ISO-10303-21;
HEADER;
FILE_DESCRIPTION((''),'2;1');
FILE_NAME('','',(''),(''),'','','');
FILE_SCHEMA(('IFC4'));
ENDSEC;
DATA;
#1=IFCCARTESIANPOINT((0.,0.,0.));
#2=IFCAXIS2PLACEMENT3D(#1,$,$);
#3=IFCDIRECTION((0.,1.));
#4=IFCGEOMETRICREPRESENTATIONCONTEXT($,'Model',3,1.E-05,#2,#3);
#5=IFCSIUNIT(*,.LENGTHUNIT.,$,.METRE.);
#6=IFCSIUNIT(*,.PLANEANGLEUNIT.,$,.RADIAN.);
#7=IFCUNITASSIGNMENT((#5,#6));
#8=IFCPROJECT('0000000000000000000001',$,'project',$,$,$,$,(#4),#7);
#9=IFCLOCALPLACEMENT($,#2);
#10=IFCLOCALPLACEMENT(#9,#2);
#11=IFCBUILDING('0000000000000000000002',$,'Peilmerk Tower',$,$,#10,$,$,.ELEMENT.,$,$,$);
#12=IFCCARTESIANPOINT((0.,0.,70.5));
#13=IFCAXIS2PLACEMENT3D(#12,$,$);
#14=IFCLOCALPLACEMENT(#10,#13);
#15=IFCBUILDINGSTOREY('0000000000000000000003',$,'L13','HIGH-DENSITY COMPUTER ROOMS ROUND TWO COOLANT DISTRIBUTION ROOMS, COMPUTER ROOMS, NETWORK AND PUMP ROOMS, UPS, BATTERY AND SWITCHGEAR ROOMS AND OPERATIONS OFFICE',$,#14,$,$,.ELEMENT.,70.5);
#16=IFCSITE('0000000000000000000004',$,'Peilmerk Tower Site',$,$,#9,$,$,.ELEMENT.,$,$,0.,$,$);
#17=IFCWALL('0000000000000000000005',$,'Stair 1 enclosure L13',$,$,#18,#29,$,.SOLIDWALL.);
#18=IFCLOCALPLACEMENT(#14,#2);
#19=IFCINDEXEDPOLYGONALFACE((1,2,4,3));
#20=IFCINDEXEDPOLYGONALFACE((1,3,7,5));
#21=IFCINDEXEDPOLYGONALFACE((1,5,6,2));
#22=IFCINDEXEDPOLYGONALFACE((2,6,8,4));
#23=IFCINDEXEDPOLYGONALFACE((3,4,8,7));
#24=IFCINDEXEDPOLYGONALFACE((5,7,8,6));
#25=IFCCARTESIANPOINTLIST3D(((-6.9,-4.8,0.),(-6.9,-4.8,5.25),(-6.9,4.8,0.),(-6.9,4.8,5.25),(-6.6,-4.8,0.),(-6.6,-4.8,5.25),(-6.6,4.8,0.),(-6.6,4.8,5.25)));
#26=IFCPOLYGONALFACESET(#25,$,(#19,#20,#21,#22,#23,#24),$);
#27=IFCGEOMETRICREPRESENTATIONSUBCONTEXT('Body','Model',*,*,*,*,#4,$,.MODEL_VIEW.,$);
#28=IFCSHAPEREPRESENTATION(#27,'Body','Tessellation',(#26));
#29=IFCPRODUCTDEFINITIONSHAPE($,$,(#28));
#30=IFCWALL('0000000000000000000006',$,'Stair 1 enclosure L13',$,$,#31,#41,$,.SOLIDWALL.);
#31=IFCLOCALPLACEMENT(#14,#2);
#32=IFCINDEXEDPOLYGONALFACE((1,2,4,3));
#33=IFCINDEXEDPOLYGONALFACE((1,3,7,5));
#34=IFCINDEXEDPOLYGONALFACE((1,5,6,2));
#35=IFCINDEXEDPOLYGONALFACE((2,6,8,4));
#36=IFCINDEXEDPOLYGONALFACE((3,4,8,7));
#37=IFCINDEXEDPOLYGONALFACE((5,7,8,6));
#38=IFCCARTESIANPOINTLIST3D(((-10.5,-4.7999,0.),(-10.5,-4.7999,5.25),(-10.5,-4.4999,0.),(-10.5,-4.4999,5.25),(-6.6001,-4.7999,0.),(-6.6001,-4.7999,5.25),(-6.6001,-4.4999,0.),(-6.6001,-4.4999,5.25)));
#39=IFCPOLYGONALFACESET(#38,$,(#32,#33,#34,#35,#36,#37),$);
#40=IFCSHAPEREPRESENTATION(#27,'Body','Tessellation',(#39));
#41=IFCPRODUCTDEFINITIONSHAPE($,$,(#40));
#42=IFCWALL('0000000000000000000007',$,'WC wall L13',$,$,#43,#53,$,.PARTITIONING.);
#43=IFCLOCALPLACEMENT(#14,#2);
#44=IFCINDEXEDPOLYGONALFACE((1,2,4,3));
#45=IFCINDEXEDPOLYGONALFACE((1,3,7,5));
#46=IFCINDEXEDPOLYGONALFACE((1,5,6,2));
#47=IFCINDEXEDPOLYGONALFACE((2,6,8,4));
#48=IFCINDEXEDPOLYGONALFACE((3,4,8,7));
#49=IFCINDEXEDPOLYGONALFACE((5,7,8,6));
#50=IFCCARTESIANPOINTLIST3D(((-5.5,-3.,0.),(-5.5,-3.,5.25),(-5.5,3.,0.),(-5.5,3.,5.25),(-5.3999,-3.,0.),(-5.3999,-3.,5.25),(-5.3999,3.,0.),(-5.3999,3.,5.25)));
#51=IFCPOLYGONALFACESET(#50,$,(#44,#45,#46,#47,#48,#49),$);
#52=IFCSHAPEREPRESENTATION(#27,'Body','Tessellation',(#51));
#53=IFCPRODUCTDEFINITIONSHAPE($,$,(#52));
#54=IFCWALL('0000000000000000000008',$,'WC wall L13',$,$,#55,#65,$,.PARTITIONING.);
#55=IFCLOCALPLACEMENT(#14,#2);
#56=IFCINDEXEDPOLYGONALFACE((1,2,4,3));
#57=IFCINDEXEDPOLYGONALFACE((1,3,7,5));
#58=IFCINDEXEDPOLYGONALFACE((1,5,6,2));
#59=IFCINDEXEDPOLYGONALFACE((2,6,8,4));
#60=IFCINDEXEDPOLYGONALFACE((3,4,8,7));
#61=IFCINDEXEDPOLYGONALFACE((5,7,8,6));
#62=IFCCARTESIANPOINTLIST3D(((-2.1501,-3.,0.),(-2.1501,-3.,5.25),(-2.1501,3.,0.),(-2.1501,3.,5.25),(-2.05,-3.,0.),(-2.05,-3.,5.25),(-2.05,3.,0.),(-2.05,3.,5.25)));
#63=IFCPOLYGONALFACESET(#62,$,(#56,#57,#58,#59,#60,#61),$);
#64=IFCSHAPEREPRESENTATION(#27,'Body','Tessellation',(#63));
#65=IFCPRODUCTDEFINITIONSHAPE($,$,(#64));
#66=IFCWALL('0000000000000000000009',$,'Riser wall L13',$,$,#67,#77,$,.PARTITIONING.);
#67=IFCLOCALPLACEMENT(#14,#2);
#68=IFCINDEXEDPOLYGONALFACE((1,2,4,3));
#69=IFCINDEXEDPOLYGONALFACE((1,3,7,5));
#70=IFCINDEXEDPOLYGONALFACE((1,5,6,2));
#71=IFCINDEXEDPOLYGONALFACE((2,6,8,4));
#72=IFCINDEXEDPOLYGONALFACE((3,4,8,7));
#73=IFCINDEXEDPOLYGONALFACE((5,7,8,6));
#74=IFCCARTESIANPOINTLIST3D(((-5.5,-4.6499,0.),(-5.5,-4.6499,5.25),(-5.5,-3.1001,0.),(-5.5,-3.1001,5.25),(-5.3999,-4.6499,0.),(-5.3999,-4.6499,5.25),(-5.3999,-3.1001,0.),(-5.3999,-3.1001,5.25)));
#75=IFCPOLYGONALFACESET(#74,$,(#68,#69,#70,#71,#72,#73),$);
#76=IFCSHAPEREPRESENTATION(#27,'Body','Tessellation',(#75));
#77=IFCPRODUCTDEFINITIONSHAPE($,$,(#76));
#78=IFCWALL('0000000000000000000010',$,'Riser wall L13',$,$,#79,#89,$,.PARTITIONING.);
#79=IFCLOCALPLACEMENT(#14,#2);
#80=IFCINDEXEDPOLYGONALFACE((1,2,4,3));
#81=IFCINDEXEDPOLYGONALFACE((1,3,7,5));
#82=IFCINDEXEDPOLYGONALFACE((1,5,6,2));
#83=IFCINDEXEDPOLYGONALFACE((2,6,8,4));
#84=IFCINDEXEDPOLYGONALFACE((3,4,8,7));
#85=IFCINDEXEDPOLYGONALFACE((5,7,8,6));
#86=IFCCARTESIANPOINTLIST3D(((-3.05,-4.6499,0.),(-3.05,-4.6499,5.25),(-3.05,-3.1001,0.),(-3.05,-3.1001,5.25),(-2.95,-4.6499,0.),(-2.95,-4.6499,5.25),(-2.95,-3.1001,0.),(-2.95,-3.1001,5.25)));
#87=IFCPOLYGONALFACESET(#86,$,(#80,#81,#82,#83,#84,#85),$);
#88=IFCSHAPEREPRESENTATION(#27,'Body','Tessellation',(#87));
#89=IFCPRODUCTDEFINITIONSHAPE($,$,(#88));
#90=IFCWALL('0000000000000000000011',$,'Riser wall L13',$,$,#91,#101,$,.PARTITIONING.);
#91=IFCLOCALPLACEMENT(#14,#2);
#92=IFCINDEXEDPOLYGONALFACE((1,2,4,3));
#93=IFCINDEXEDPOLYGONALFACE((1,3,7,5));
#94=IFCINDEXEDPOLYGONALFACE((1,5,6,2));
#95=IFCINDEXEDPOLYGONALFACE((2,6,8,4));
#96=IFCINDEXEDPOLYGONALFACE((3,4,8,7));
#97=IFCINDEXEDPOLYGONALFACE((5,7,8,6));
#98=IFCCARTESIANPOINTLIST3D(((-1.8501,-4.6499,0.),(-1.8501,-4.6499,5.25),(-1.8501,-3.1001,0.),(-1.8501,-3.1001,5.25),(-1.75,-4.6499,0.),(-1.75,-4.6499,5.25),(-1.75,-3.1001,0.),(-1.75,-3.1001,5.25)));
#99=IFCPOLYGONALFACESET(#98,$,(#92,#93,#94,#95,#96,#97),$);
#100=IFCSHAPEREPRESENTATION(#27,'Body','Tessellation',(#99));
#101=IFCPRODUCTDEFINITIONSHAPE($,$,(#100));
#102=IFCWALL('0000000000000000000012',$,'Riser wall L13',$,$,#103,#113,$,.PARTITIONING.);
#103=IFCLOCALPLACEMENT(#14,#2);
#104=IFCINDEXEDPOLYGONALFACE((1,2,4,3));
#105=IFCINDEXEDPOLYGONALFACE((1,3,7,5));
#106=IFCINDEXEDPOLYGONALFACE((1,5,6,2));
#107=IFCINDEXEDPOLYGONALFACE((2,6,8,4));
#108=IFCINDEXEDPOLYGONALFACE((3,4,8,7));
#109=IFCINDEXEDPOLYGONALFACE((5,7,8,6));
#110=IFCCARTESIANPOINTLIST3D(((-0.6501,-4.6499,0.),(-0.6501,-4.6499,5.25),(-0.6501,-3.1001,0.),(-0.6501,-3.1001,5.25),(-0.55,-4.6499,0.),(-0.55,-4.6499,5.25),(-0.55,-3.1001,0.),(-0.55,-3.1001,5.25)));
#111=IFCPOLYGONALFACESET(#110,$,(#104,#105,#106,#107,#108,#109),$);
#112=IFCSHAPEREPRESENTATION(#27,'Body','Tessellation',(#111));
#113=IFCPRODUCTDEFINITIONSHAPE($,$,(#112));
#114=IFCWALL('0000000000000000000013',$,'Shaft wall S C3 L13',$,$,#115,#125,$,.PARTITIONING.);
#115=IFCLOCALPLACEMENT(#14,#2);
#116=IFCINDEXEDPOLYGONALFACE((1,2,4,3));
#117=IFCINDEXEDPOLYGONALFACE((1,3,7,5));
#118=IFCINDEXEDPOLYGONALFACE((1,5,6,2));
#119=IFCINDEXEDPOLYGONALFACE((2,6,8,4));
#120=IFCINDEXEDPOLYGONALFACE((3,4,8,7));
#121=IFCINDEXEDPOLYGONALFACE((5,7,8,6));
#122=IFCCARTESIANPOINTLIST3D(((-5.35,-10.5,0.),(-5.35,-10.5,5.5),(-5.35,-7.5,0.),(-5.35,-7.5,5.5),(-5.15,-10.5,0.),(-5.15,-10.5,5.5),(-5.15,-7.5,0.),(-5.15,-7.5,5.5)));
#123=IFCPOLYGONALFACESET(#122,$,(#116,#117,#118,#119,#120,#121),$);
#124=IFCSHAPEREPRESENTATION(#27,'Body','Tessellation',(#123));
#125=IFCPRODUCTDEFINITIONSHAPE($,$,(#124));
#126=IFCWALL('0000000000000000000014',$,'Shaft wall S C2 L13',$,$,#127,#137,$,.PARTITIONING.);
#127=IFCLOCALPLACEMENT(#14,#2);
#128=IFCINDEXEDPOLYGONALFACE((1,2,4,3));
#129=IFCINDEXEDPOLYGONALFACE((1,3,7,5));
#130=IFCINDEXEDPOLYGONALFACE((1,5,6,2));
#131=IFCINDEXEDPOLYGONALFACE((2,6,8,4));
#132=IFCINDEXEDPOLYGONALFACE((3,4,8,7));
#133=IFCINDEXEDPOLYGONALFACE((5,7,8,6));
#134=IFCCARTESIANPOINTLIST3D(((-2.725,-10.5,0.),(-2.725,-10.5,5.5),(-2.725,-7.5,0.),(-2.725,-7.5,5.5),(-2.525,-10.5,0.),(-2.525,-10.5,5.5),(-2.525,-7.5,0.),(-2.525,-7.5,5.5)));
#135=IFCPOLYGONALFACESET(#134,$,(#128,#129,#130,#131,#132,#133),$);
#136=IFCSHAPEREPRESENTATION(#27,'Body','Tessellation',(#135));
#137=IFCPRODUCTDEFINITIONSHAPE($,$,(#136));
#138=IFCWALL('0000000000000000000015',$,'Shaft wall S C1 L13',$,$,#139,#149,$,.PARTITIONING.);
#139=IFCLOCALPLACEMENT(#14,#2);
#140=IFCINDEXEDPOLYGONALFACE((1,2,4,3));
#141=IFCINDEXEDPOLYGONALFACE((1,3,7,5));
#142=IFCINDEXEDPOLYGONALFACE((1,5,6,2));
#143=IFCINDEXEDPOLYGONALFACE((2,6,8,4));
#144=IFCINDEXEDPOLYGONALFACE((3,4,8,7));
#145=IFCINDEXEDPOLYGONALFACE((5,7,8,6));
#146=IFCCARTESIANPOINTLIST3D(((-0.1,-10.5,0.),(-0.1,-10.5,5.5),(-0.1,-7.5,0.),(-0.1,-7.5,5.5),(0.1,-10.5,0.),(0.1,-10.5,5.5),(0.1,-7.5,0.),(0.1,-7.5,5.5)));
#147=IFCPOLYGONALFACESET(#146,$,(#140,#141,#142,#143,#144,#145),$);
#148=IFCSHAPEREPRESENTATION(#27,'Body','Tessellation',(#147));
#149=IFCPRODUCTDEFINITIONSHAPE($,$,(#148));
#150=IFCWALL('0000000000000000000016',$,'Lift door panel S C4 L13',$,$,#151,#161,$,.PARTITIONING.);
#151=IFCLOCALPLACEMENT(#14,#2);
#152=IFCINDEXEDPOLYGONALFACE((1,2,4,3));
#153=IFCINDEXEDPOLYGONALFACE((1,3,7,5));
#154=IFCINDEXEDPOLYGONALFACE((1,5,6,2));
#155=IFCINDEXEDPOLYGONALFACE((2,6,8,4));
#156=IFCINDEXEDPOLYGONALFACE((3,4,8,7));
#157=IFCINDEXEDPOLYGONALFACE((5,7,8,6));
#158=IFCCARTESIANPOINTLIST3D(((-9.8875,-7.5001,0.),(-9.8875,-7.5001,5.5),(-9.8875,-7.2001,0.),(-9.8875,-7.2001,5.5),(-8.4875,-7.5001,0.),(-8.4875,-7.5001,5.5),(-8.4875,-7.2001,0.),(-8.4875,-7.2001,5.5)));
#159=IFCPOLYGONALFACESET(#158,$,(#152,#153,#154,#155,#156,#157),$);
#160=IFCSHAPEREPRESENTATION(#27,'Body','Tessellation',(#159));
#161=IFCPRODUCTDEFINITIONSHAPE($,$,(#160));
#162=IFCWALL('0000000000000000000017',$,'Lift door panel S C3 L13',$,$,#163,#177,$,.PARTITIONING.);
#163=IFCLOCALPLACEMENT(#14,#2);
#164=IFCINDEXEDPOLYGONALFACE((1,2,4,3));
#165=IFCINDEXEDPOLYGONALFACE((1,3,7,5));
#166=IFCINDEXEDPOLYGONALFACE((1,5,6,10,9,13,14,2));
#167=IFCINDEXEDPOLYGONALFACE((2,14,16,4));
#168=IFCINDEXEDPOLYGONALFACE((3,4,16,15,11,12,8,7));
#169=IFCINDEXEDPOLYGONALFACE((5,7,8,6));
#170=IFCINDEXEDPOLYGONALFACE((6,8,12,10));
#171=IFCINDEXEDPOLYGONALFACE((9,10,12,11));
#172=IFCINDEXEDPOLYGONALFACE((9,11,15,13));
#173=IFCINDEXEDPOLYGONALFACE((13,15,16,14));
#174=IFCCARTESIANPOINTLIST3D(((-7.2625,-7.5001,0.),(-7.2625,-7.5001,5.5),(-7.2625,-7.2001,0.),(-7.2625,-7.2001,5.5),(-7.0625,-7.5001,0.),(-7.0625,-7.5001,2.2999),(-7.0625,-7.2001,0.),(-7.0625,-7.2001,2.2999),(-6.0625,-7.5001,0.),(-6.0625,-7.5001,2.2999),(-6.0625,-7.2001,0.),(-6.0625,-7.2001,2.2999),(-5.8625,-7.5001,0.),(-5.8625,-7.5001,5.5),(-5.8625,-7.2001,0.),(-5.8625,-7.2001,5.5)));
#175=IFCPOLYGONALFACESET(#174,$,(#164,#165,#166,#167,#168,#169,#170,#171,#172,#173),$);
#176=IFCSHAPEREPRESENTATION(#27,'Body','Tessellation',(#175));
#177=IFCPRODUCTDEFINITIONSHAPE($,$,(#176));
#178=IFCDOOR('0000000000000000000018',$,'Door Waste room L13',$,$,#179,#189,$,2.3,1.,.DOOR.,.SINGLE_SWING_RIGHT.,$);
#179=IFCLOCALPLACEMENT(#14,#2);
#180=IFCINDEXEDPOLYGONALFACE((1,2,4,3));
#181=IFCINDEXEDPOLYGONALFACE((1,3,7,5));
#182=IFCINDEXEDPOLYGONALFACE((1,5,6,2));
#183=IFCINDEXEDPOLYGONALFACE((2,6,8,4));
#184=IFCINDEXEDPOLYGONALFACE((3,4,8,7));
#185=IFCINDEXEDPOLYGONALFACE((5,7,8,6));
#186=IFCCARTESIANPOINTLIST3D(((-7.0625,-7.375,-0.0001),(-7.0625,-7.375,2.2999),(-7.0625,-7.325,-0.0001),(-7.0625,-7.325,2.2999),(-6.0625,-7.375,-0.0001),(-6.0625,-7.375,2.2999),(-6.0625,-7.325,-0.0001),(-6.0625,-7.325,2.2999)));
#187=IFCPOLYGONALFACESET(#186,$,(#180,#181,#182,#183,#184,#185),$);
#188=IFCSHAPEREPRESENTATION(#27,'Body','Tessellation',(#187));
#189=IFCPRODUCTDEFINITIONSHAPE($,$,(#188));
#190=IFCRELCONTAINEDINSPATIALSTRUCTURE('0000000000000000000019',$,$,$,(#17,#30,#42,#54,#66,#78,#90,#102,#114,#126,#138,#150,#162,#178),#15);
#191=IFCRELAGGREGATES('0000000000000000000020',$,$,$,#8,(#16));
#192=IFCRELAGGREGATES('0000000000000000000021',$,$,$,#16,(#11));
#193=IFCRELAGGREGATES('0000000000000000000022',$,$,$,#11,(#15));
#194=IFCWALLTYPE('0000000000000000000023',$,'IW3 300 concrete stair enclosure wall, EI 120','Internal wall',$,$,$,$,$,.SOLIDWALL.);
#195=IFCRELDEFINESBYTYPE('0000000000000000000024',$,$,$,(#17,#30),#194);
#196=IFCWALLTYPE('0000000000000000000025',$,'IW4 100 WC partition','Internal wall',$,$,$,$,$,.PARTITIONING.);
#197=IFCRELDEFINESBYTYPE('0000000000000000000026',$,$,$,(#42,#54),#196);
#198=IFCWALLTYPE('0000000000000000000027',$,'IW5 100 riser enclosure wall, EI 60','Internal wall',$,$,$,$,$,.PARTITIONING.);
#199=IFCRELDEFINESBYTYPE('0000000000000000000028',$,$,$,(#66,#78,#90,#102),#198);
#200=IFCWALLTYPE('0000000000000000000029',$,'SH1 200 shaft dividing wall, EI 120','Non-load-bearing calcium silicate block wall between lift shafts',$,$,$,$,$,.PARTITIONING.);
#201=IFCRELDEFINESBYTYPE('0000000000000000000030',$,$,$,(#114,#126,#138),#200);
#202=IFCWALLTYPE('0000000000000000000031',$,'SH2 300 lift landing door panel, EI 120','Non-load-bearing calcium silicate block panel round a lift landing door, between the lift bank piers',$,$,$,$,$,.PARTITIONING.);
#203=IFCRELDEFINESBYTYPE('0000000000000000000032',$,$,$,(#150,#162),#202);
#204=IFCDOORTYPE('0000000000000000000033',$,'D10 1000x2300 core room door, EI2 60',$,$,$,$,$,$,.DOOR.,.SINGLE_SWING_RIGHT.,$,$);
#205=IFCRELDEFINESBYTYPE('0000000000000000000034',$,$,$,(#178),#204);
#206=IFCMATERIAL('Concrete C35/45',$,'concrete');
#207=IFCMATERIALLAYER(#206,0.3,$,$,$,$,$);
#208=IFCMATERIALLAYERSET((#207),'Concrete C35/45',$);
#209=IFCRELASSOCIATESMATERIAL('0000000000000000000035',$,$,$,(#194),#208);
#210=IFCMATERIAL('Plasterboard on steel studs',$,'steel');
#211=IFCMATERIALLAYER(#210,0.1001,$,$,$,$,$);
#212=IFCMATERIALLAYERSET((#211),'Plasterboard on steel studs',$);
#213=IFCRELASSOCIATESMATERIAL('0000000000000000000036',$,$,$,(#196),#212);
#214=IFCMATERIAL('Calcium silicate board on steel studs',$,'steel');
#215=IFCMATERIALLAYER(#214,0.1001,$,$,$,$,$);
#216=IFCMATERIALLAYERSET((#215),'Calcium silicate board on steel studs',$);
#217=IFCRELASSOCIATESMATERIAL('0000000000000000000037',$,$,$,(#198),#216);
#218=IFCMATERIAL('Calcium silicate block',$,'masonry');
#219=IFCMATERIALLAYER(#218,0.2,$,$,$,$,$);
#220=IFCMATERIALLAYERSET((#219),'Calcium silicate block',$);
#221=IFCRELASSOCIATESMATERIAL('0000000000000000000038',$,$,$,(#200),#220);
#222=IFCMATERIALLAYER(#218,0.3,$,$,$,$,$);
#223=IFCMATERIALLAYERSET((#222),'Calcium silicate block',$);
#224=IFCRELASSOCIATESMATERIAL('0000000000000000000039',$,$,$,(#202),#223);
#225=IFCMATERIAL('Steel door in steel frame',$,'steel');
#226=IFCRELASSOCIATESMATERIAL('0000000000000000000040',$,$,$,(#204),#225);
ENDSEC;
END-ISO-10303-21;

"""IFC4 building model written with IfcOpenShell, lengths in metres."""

from ifc_helpers import new_model, si_unit, direction, frame, frame_2d, origin, place, context, subcontext, project, spatial, rectangle, extrude, material, layer, layer_set, type_object, element, fill, save


model = new_model("IFC4")

# Units and contexts
model_context = context("Model", 3, precision=1e-05, world=origin(), true_north=direction((0.0, 1.0)))
body_context = subcontext(model_context, "Body", "Model", "MODEL_VIEW")
ifc_project = project(units=[si_unit("LENGTHUNIT", "METRE"), si_unit("PLANEANGLEUNIT", "RADIAN")], contexts=[model_context])

# Site, building, storey
site_placement = place(None, origin())
site = spatial("IfcSite", under=ifc_project, at=site_placement, Name="Peilmerk Tower Site", CompositionType="ELEMENT", RefElevation=0.0)
building_placement = place(site_placement, origin())
building = spatial("IfcBuilding", under=site, at=building_placement, Name="Peilmerk Tower", CompositionType="ELEMENT")
storey_placement = place(building_placement, frame((0.0, 0.0, 70.5)))
storey = spatial("IfcBuildingStorey", under=building, at=storey_placement, Name="L13", Description="HIGH-DENSITY COMPUTER ROOMS ROUND TWO COOLANT DISTRIBUTION ROOMS, COMPUTER ROOMS, NETWORK AND PUMP ROOMS, UPS, BATTERY AND SWITCHGEAR ROOMS AND OPERATIONS OFFICE", CompositionType="ELEMENT", Elevation=70.5)

# Walls
ifc_material_1 = material(Name="Concrete C35/45", Category="concrete")
ifc_layer_1 = layer(ifc_material_1, 0.3)
ifc_layer_set_1 = layer_set([ifc_layer_1], Name="Concrete C35/45")
wall_type_1 = type_object("IfcWallType", Name="IW3 300 concrete stair enclosure wall, EI 120", Description="Internal wall", PredefinedType="SOLIDWALL", material=ifc_layer_set_1)
wall_1_placement = place(storey_placement, frame((-6.75, -4.8, 0.0), z_axis=(0.0, 0.0, 1.0), x_axis=(0.0, 1.0, 0.0)))
element("IfcWall", 1, at=wall_1_placement, inside=storey, type_object=wall_type_1, Name="Stair 1 enclosure L13", PredefinedType="SOLIDWALL", context=body_context, shape_type="SweptSolid", body=[
    extrude(rectangle(XDim=9.6001, YDim=0.3, at=frame_2d((4.8, 0.0))), origin(), (0.0, 0.0, 1.0), 5.25),
])
wall_2_placement = place(storey_placement, frame((-6.6001, -4.6499, 0.0), z_axis=(0.0, 0.0, 1.0), x_axis=(-1.0, 0.0, 0.0)))
element("IfcWall", 2, at=wall_2_placement, inside=storey, type_object=wall_type_1, Name="Stair 1 enclosure L13", PredefinedType="SOLIDWALL", context=body_context, shape_type="SweptSolid", body=[
    extrude(rectangle(XDim=3.8999, YDim=0.3, at=frame_2d((1.95, 0.0))), origin(), (0.0, 0.0, 1.0), 5.25),
])
ifc_material_2 = material(Name="Plasterboard on steel studs", Category="steel")
ifc_layer_2 = layer(ifc_material_2, 0.1001)
ifc_layer_set_2 = layer_set([ifc_layer_2], Name="Plasterboard on steel studs")
wall_type_2 = type_object("IfcWallType", Name="IW4 100 WC partition", Description="Internal wall", PredefinedType="PARTITIONING", material=ifc_layer_set_2)
for number, where, z_axis, x_axis, name in (
    (3, (-5.45, -3.0, 0.0), (0.0, 0.0, 1.0), (0.0, 1.0, 0.0), "WC wall L13"),
    (4, (-2.1001, -3.0, 0.0), (0.0, 0.0, 1.0), (0.0, 1.0, 0.0), "WC wall L13"),
):
    element("IfcWall", number, at=place(storey_placement, frame(where, z_axis=z_axis, x_axis=x_axis)), inside=storey, type_object=wall_type_2, Name=name, PredefinedType="PARTITIONING", context=body_context, shape_type="SweptSolid", body=[
        extrude(rectangle(XDim=6.0, YDim=0.1001, at=frame_2d((3.0, 0.0))), origin(), (0.0, 0.0, 1.0), 5.25),
    ])
ifc_material_3 = material(Name="Calcium silicate board on steel studs", Category="steel")
ifc_layer_3 = layer(ifc_material_3, 0.1001)
ifc_layer_set_3 = layer_set([ifc_layer_3], Name="Calcium silicate board on steel studs")
wall_type_3 = type_object("IfcWallType", Name="IW5 100 riser enclosure wall, EI 60", Description="Internal wall", PredefinedType="PARTITIONING", material=ifc_layer_set_3)
for number, where, z_axis, x_axis, name in (
    (5, (-5.45, -3.1001, 0.0), (0.0, 0.0, 1.0), (0.0, -1.0, 0.0), "Riser wall L13"),
    (6, (-3.0, -3.1001, 0.0), (0.0, 0.0, 1.0), (0.0, -1.0, 0.0), "Riser wall L13"),
    (7, (-1.8, -3.1001, 0.0), (0.0, 0.0, 1.0), (0.0, -1.0, 0.0), "Riser wall L13"),
    (8, (-0.6001, -3.1001, 0.0), (0.0, 0.0, 1.0), (0.0, -1.0, 0.0), "Riser wall L13"),
):
    element("IfcWall", number, at=place(storey_placement, frame(where, z_axis=z_axis, x_axis=x_axis)), inside=storey, type_object=wall_type_3, Name=name, PredefinedType="PARTITIONING", context=body_context, shape_type="SweptSolid", body=[
        extrude(rectangle(XDim=1.5498, YDim=0.1001, at=frame_2d((0.7749, 0.0))), origin(), (0.0, 0.0, 1.0), 5.25),
    ])
ifc_material_4 = material(Name="Calcium silicate block", Category="masonry")
ifc_layer_4 = layer(ifc_material_4, 0.2)
ifc_layer_set_4 = layer_set([ifc_layer_4], Name="Calcium silicate block")
wall_type_4 = type_object("IfcWallType", Name="SH1 200 shaft dividing wall, EI 120", Description="Non-load-bearing calcium silicate block wall between lift shafts", PredefinedType="PARTITIONING", material=ifc_layer_set_4)
for number, where, z_axis, x_axis, name in (
    (9, (-5.25, -10.5, 0.0), (0.0, 0.0, 1.0), (0.0, 1.0, 0.0), "Shaft wall S C3 L13"),
    (10, (-2.625, -10.5, 0.0), (0.0, 0.0, 1.0), (0.0, 1.0, 0.0), "Shaft wall S C2 L13"),
    (11, (0.0, -10.5, 0.0), (0.0, 0.0, 1.0), (0.0, 1.0, 0.0), "Shaft wall S C1 L13"),
):
    element("IfcWall", number, at=place(storey_placement, frame(where, z_axis=z_axis, x_axis=x_axis)), inside=storey, type_object=wall_type_4, Name=name, PredefinedType="PARTITIONING", context=body_context, shape_type="SweptSolid", body=[
        extrude(rectangle(XDim=3.0, YDim=0.2, at=frame_2d((1.5, 0.0))), origin(), (0.0, 0.0, 1.0), 5.5),
    ])
ifc_layer_5 = layer(ifc_material_4, 0.3)
ifc_layer_set_5 = layer_set([ifc_layer_5], Name="Calcium silicate block")
wall_type_5 = type_object("IfcWallType", Name="SH2 300 lift landing door panel, EI 120", Description="Non-load-bearing calcium silicate block panel round a lift landing door, between the lift bank piers", PredefinedType="PARTITIONING", material=ifc_layer_set_5)
wall_3_placement = place(storey_placement, frame((-9.8875, -7.3501, 0.0), z_axis=(0.0, 0.0, 1.0), x_axis=(1.0, 0.0, 0.0)))
element("IfcWall", 12, at=wall_3_placement, inside=storey, type_object=wall_type_5, Name="Lift door panel S C4 L13", PredefinedType="PARTITIONING", context=body_context, shape_type="SweptSolid", body=[
    extrude(rectangle(XDim=1.3999, YDim=0.3, at=frame_2d((0.7, 0.0))), origin(), (0.0, 0.0, 1.0), 5.5),
])

# Wall, opening, door
wall_4_placement = place(storey_placement, frame((-7.2625, -7.3501, 0.0), z_axis=(0.0, 0.0, 1.0), x_axis=(1.0, 0.0, 0.0)))
wall_4 = element("IfcWall", 13, at=wall_4_placement, inside=storey, type_object=wall_type_5, Name="Lift door panel S C3 L13", PredefinedType="PARTITIONING", context=body_context, shape_type="SweptSolid", body=[
    extrude(rectangle(XDim=1.3999, YDim=0.3, at=frame_2d((0.7, 0.0))), origin(), (0.0, 0.0, 1.0), 5.5),
])
opening_1_placement = place(wall_4_placement, frame((0.2, 0.0, 0.0)))
opening_1 = element("IfcOpeningElement", 14, at=opening_1_placement, cuts=wall_4, PredefinedType="OPENING", context=body_context, shape_type="SweptSolid", body=[
    extrude(rectangle(XDim=1.0, YDim=2.3, at=frame_2d((0.5, 1.1499))), frame((0.0, 0.1599, 0.0), z_axis=(0.0, -1.0, 0.0), x_axis=(1.0, 0.0, 0.0)), (0.0, 0.0, 1.0), 0.3201),
])
ifc_material_5 = material(Name="Steel door in steel frame", Category="steel")
door_type_1 = type_object("IfcDoorType", Name="D10 1000x2300 core room door, EI2 60", OperationType="SINGLE_SWING_RIGHT", PredefinedType="DOOR", material=ifc_material_5)
door_1_placement = place(opening_1_placement, frame((1.0, 0.0, 0.0), z_axis=(0.0, 0.0, 1.0), x_axis=(-1.0, 0.0, 0.0)))
door_1 = element("IfcDoor", 15, at=door_1_placement, inside=storey, type_object=door_type_1, Name="Door Waste room L13", OperationType="SINGLE_SWING_RIGHT", OverallHeight=2.3, OverallWidth=1.0, PredefinedType="DOOR", context=body_context, shape_type="SweptSolid", body=[
    extrude(rectangle(XDim=1.0, YDim=2.3, at=frame_2d((0.5, 1.1499))), frame((0.0, 0.0249, 0.0), z_axis=(0.0, -1.0, 0.0), x_axis=(1.0, 0.0, 0.0)), (0.0, 0.0, 1.0), 0.05),
])
fill(opening_1, door_1)

save(model, "model.ifc")
